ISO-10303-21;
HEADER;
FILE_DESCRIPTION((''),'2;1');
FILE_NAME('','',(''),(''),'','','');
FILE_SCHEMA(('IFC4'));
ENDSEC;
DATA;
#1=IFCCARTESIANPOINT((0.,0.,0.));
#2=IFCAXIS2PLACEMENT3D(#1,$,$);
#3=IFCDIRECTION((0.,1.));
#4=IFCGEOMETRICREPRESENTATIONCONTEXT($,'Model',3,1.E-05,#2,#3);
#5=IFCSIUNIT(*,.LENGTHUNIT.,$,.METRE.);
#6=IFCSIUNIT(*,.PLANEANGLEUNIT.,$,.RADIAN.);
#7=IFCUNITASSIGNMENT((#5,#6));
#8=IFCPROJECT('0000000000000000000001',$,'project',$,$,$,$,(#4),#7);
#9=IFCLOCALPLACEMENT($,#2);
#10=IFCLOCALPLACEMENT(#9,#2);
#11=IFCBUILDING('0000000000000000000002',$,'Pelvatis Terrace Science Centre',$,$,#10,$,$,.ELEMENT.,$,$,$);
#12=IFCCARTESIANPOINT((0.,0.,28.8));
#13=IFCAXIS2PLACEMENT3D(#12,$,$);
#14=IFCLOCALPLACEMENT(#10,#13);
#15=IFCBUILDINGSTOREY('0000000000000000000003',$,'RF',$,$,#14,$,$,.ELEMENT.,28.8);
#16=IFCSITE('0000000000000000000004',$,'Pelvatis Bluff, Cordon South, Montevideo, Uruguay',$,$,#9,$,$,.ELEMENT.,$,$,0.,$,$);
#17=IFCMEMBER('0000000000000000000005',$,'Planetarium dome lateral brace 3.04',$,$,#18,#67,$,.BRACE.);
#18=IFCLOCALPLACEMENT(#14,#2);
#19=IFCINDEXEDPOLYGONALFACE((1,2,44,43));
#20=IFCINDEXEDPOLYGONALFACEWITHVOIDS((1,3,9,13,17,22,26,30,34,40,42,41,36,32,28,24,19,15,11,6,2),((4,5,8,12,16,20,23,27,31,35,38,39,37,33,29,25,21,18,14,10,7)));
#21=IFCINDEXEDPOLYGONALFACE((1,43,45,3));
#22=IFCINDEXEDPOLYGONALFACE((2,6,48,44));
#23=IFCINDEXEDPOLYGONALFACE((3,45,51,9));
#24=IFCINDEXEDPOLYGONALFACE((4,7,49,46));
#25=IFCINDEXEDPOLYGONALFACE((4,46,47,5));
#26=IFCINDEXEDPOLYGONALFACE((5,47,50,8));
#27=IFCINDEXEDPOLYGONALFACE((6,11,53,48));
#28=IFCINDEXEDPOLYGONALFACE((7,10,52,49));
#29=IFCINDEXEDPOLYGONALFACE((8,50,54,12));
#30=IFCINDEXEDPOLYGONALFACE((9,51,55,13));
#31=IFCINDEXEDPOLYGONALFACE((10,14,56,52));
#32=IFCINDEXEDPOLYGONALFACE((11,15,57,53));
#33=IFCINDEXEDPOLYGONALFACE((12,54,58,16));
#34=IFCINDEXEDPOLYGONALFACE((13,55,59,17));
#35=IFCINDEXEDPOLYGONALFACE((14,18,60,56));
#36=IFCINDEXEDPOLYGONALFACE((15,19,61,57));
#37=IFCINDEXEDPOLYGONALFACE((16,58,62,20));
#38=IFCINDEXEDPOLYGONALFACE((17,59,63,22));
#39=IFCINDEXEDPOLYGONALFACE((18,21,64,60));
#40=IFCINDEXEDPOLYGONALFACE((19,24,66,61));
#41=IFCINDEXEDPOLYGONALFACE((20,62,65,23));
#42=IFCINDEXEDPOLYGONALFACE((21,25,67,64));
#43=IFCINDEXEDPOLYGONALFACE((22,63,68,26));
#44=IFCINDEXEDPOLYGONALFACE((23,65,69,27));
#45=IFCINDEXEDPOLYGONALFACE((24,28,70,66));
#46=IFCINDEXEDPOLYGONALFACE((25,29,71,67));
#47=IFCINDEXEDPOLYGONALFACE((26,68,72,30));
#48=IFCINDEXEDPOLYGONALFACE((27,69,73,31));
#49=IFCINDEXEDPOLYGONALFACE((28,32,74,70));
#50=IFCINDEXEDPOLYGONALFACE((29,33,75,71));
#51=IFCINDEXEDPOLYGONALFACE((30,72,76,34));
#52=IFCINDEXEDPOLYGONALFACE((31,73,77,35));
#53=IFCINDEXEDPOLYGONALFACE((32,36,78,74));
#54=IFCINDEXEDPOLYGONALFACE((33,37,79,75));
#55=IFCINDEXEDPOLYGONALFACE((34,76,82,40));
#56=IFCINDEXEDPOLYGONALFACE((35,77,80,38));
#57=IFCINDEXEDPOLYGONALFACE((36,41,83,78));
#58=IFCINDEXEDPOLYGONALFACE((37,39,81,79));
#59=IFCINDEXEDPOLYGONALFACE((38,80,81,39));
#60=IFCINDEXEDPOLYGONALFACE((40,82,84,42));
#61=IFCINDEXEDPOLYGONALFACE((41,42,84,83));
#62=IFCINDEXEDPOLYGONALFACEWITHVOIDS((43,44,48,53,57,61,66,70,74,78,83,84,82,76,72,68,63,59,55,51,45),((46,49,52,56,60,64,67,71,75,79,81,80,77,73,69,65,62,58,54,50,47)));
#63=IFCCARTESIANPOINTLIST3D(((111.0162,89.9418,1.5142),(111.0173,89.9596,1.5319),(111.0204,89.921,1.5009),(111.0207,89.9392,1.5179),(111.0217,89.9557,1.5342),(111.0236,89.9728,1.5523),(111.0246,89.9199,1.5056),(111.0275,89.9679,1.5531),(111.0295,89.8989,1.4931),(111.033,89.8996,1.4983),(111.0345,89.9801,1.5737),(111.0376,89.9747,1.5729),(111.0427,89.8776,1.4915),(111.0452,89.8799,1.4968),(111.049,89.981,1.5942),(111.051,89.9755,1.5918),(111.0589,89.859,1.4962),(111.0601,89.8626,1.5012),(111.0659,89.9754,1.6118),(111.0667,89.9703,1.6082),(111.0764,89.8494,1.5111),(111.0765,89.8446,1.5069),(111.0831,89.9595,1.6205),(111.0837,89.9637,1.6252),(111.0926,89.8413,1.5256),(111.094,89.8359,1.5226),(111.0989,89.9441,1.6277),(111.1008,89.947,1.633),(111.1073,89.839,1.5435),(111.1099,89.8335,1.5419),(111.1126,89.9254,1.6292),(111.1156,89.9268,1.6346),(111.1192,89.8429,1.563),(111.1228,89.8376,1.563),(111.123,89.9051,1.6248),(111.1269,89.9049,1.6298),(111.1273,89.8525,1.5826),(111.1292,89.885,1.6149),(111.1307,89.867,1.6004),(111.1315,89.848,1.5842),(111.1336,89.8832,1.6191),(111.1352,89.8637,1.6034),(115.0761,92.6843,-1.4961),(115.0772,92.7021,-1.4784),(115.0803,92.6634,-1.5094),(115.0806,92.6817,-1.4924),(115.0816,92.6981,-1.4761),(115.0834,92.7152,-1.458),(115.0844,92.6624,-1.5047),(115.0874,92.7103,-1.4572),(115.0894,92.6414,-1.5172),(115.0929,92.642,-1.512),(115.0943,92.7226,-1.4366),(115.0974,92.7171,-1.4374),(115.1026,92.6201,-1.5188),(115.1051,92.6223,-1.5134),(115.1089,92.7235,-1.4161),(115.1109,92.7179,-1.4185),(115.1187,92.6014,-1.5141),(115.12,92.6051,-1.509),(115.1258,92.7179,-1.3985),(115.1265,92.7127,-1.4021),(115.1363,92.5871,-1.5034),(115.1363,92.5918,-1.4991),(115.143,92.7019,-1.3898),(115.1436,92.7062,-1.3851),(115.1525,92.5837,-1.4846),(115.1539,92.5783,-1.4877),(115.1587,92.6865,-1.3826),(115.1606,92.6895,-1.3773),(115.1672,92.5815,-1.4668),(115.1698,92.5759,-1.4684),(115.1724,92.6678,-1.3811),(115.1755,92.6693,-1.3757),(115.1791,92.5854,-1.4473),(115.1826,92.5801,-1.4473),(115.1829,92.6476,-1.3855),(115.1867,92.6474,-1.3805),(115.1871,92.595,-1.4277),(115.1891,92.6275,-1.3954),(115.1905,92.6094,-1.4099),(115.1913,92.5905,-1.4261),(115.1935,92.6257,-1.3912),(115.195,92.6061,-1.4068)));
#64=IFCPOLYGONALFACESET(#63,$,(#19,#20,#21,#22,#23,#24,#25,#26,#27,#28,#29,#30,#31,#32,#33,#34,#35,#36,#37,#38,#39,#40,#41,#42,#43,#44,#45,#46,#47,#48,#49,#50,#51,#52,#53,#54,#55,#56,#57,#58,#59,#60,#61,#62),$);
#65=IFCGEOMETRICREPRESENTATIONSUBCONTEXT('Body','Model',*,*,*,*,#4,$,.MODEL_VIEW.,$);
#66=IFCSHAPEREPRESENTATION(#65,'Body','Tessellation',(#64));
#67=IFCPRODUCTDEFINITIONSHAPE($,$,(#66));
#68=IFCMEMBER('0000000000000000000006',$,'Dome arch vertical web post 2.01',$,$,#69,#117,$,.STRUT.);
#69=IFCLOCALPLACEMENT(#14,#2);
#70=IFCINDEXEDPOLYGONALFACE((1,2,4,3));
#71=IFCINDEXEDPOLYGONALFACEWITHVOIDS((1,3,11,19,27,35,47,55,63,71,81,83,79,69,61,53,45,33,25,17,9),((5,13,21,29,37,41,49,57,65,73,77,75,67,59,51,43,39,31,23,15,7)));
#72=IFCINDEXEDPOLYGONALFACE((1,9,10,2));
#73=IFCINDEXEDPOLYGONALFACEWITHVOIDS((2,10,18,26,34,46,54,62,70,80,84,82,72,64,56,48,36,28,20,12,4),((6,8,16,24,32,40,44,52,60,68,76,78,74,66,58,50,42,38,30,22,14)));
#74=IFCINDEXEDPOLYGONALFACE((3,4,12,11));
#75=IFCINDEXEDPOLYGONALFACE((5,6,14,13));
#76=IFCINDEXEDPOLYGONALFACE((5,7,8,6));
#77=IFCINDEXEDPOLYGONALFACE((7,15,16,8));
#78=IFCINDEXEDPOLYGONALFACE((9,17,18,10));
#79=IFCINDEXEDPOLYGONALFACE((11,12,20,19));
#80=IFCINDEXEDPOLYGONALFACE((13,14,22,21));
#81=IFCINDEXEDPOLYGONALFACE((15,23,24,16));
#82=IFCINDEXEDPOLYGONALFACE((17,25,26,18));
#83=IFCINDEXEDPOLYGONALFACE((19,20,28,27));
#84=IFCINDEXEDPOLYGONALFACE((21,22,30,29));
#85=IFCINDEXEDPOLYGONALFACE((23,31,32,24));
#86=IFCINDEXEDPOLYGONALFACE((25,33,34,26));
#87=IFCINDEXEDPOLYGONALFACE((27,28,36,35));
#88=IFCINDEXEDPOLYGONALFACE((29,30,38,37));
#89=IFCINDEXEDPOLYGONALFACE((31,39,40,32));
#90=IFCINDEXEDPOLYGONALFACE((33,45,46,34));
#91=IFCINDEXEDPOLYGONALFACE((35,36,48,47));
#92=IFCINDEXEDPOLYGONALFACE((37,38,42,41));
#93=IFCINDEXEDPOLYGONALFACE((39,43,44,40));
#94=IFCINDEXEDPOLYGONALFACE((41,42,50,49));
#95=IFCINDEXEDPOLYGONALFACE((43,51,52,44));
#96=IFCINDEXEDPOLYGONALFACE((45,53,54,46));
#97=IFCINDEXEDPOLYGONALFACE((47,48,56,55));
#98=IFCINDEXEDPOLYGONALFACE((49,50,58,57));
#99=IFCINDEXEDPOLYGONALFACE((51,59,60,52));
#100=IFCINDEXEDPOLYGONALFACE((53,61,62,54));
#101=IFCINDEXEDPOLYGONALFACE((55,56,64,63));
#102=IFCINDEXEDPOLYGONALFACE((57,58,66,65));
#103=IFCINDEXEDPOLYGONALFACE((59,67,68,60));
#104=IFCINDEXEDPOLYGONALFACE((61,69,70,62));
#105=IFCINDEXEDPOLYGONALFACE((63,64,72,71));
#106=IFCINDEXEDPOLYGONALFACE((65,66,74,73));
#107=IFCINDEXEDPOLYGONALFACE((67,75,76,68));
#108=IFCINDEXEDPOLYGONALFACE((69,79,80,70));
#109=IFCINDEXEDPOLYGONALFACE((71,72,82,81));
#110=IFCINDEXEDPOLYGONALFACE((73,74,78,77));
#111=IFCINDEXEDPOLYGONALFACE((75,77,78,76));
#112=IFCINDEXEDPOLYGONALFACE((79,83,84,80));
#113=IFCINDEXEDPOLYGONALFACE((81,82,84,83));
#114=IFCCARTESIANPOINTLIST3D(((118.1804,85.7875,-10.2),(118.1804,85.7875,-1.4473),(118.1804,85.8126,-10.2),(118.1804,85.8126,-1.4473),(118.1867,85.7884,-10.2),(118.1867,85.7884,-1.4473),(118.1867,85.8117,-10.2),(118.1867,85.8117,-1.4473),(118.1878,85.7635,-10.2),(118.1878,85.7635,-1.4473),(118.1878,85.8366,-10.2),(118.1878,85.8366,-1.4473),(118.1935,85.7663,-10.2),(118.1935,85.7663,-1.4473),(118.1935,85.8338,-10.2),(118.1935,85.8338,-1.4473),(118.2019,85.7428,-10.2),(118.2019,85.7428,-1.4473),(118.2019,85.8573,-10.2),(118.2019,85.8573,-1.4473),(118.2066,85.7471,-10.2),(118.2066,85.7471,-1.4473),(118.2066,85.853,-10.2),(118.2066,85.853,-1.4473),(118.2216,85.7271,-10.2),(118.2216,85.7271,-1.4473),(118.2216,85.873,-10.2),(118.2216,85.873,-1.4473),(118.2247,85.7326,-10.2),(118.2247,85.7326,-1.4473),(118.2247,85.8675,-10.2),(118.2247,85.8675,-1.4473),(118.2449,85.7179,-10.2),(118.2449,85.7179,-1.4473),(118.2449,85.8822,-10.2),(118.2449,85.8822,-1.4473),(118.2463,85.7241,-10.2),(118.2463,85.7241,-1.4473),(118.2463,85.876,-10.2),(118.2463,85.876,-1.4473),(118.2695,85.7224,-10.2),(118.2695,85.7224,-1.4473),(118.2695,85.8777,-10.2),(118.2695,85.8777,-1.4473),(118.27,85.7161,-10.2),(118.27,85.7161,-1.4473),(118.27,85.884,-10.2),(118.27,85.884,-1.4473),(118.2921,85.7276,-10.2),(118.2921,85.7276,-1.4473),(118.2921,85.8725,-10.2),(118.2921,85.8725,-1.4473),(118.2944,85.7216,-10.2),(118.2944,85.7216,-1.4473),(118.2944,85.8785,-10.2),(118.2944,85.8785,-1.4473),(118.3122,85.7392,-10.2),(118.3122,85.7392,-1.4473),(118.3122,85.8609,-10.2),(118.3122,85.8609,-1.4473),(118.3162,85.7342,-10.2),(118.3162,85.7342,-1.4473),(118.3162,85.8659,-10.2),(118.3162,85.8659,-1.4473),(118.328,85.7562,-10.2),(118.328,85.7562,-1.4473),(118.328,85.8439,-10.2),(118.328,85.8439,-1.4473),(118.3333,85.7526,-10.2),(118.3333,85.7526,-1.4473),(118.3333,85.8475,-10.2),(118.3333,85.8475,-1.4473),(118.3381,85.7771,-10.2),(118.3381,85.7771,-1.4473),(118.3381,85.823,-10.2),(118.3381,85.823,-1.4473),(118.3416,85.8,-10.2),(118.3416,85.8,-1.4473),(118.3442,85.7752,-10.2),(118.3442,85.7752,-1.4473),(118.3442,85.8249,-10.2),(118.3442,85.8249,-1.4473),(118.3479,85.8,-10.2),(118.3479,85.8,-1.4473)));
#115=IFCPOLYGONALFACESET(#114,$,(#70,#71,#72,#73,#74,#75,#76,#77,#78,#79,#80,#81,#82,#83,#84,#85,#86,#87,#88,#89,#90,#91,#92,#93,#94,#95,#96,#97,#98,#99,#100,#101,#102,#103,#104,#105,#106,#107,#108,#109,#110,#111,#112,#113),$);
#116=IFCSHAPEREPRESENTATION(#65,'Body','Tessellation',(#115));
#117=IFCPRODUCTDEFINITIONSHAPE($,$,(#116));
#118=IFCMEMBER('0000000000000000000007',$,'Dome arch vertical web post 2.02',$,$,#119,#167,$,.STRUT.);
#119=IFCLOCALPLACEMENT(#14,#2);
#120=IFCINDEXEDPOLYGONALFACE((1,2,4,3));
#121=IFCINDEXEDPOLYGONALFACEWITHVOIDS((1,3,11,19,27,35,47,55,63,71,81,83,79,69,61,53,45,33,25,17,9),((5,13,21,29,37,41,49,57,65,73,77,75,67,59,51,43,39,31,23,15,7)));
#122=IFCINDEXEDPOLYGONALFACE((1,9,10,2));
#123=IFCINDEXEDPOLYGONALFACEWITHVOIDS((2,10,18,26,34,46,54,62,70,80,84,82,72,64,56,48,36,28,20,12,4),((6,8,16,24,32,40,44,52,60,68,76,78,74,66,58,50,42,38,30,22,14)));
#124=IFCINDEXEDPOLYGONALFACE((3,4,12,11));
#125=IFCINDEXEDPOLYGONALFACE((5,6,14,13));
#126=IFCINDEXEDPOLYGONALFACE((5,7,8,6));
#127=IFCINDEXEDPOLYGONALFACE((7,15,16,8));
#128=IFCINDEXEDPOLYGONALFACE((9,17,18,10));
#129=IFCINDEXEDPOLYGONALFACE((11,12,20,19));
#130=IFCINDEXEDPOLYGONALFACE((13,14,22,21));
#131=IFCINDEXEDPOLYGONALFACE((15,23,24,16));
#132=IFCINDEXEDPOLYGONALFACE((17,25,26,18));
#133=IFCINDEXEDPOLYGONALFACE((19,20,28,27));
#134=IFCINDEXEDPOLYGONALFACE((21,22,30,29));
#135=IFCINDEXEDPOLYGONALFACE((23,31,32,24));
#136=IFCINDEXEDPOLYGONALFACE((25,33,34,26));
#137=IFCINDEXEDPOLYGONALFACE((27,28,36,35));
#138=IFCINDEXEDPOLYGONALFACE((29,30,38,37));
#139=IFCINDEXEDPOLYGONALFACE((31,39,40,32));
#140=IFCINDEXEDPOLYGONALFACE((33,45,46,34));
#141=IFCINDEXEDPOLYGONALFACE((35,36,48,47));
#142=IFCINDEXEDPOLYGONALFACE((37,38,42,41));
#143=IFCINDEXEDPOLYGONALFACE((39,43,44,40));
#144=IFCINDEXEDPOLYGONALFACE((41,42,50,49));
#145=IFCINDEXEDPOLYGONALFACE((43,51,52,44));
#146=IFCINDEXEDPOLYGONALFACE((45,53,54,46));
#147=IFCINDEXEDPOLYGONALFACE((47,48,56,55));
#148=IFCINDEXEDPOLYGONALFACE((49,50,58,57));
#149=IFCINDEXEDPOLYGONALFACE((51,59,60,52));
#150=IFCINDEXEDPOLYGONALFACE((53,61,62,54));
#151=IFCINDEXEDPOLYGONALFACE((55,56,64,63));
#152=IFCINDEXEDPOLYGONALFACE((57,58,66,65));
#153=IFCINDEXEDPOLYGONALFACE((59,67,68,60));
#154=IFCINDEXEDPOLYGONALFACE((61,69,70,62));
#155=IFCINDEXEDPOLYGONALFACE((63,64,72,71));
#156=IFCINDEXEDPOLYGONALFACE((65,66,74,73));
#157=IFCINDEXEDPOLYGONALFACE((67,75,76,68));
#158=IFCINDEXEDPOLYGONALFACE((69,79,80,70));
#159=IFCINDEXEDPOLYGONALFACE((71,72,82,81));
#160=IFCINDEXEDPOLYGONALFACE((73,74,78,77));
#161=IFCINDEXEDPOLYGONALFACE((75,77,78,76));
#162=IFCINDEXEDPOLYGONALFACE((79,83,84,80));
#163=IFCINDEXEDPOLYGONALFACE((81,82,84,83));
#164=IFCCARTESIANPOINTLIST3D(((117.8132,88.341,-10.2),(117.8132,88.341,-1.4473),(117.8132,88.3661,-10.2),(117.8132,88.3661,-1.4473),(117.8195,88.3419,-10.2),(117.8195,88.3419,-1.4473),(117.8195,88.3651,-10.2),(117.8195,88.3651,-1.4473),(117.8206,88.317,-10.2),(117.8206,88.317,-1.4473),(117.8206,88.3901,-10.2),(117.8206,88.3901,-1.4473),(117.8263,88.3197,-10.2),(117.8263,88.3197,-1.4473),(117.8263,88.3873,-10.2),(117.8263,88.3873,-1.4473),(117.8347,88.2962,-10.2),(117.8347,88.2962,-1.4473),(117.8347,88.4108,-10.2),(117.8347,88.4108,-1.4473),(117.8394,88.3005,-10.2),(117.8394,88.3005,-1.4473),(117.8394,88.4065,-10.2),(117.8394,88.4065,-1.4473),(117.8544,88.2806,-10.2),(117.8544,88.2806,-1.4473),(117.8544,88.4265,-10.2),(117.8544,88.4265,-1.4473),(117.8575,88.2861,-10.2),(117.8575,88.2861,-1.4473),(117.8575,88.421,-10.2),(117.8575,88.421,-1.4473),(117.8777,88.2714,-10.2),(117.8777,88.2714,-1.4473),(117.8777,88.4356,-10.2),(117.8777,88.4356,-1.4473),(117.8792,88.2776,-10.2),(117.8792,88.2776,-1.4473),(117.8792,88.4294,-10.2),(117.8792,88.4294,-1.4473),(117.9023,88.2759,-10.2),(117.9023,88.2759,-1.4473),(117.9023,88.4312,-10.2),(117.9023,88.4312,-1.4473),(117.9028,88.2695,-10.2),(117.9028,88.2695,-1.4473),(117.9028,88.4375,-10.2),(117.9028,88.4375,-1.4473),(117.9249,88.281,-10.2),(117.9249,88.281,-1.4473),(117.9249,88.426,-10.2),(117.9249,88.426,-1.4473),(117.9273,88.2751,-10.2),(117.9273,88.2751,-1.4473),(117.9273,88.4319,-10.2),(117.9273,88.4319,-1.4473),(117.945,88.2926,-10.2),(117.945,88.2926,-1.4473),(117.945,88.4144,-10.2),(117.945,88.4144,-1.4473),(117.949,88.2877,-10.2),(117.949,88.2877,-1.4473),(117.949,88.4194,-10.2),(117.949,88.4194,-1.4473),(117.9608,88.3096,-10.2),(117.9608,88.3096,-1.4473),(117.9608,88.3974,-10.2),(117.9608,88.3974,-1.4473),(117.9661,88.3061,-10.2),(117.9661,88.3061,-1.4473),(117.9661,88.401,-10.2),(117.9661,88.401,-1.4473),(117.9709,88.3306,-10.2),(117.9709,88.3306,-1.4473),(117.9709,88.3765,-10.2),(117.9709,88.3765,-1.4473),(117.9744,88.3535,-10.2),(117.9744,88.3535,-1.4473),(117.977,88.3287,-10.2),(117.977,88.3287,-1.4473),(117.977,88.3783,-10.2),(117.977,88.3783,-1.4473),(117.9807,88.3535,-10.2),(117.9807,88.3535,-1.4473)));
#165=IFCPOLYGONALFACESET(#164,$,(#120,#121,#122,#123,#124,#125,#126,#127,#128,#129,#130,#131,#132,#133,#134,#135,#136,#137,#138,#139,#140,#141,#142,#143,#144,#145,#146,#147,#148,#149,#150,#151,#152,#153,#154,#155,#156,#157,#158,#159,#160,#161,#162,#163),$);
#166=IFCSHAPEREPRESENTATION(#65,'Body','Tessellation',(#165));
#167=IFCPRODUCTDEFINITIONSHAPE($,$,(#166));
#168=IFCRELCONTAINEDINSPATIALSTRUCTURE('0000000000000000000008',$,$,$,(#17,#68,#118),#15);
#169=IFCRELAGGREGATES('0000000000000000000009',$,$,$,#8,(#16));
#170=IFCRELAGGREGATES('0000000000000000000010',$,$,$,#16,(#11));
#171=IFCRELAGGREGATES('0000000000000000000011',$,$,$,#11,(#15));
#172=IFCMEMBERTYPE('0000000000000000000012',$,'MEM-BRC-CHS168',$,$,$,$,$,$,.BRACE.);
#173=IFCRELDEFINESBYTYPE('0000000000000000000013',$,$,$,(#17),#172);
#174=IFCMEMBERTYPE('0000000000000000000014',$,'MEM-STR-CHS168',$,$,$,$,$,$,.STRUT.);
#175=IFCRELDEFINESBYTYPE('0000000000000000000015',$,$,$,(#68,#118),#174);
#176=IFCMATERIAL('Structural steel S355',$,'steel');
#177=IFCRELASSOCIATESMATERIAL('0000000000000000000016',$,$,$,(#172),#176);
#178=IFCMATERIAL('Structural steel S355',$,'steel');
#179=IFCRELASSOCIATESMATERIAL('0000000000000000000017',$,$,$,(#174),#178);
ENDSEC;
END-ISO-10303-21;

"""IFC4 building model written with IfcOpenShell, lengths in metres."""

from ifc_helpers import new_model, si_unit, direction, frame, origin, origin_2d, place, context, subcontext, project, spatial, hollow_circle, extrude, material, material_profile, profile_set, type_object, element, save


model = new_model("IFC4")

# Units and contexts
model_context = context("Model", 3, precision=1e-05, world=origin(), true_north=direction((0.0, 1.0)))
body_context = subcontext(model_context, "Body", "Model", "MODEL_VIEW")
ifc_project = project(units=[si_unit("LENGTHUNIT", "METRE"), si_unit("PLANEANGLEUNIT", "RADIAN")], contexts=[model_context])

# Site, building, storey
site_placement = place(None, origin())
site = spatial("IfcSite", under=ifc_project, at=site_placement, Name="Pelvatis Bluff, Cordon South, Montevideo, Uruguay", CompositionType="ELEMENT", RefElevation=0.0)
building_placement = place(site_placement, origin())
building = spatial("IfcBuilding", under=site, at=building_placement, Name="Pelvatis Terrace Science Centre", CompositionType="ELEMENT")
storey_placement = place(building_placement, frame((0.0, 0.0, 28.8)))
storey = spatial("IfcBuildingStorey", under=building, at=storey_placement, Name="RF", CompositionType="ELEMENT", Elevation=28.8)

# Members
ifc_material_1 = material(Name="Structural steel S355", Category="steel")
ifc_material_profile_1 = material_profile(ifc_material_1, hollow_circle(Radius=0.0842, WallThickness=0.0063, at=origin_2d()), Name="CHS 168.3x6.3")
ifc_profile_set_1 = profile_set([ifc_material_profile_1], Name="Structural steel S355")
member_type_1 = type_object("IfcMemberType", Name="MEM-BRC-CHS168", PredefinedType="BRACE", material=ifc_profile_set_1)
for number, where, z_axis, x_axis, name in (
    (1, (115.1355, 92.6499, -1.4473), (-0.706032, -0.476929, 0.523505), (0.559761, -0.828654, 0.0), "Planetarium dome lateral brace 3.04"),
):
    element("IfcMember", number, at=place(storey_placement, frame(where, z_axis=z_axis, x_axis=x_axis)), inside=storey, type_object=member_type_1, Name=name, PredefinedType="BRACE", context=body_context, shape_type="SweptSolid", body=[
        extrude(hollow_circle(Radius=0.0842, WallThickness=0.0063, at=origin_2d()), origin(), (0.0, 0.0, 1.0), 5.7502),
    ])
ifc_material_2 = material(Name="Structural steel S355", Category="steel")
ifc_material_profile_2 = material_profile(ifc_material_2, hollow_circle(Radius=0.0842, WallThickness=0.0063, at=origin_2d()), Name="CHS 168.3x6.3")
ifc_profile_set_2 = profile_set([ifc_material_profile_2], Name="Structural steel S355")
member_type_2 = type_object("IfcMemberType", Name="MEM-STR-CHS168", PredefinedType="STRUT", material=ifc_profile_set_2)
for number, where, z_axis, x_axis, name in (
    (2, (118.2637, 85.8, -10.2), (0.0, 0.0, 1.0), (1.0, 0.0, 0.0), "Dome arch vertical web post 2.01"),
    (3, (117.8965, 88.3535, -10.2), (0.0, 0.0, 1.0), (1.0, 0.0, 0.0), "Dome arch vertical web post 2.02"),
):
    element("IfcMember", number, at=place(storey_placement, frame(where, z_axis=z_axis, x_axis=x_axis)), inside=storey, type_object=member_type_2, Name=name, PredefinedType="STRUT", context=body_context, shape_type="SweptSolid", body=[
        extrude(hollow_circle(Radius=0.0842, WallThickness=0.0063, at=origin_2d()), origin(), (0.0, 0.0, 1.0), 8.7527),
    ])

save(model, "model.ifc")
